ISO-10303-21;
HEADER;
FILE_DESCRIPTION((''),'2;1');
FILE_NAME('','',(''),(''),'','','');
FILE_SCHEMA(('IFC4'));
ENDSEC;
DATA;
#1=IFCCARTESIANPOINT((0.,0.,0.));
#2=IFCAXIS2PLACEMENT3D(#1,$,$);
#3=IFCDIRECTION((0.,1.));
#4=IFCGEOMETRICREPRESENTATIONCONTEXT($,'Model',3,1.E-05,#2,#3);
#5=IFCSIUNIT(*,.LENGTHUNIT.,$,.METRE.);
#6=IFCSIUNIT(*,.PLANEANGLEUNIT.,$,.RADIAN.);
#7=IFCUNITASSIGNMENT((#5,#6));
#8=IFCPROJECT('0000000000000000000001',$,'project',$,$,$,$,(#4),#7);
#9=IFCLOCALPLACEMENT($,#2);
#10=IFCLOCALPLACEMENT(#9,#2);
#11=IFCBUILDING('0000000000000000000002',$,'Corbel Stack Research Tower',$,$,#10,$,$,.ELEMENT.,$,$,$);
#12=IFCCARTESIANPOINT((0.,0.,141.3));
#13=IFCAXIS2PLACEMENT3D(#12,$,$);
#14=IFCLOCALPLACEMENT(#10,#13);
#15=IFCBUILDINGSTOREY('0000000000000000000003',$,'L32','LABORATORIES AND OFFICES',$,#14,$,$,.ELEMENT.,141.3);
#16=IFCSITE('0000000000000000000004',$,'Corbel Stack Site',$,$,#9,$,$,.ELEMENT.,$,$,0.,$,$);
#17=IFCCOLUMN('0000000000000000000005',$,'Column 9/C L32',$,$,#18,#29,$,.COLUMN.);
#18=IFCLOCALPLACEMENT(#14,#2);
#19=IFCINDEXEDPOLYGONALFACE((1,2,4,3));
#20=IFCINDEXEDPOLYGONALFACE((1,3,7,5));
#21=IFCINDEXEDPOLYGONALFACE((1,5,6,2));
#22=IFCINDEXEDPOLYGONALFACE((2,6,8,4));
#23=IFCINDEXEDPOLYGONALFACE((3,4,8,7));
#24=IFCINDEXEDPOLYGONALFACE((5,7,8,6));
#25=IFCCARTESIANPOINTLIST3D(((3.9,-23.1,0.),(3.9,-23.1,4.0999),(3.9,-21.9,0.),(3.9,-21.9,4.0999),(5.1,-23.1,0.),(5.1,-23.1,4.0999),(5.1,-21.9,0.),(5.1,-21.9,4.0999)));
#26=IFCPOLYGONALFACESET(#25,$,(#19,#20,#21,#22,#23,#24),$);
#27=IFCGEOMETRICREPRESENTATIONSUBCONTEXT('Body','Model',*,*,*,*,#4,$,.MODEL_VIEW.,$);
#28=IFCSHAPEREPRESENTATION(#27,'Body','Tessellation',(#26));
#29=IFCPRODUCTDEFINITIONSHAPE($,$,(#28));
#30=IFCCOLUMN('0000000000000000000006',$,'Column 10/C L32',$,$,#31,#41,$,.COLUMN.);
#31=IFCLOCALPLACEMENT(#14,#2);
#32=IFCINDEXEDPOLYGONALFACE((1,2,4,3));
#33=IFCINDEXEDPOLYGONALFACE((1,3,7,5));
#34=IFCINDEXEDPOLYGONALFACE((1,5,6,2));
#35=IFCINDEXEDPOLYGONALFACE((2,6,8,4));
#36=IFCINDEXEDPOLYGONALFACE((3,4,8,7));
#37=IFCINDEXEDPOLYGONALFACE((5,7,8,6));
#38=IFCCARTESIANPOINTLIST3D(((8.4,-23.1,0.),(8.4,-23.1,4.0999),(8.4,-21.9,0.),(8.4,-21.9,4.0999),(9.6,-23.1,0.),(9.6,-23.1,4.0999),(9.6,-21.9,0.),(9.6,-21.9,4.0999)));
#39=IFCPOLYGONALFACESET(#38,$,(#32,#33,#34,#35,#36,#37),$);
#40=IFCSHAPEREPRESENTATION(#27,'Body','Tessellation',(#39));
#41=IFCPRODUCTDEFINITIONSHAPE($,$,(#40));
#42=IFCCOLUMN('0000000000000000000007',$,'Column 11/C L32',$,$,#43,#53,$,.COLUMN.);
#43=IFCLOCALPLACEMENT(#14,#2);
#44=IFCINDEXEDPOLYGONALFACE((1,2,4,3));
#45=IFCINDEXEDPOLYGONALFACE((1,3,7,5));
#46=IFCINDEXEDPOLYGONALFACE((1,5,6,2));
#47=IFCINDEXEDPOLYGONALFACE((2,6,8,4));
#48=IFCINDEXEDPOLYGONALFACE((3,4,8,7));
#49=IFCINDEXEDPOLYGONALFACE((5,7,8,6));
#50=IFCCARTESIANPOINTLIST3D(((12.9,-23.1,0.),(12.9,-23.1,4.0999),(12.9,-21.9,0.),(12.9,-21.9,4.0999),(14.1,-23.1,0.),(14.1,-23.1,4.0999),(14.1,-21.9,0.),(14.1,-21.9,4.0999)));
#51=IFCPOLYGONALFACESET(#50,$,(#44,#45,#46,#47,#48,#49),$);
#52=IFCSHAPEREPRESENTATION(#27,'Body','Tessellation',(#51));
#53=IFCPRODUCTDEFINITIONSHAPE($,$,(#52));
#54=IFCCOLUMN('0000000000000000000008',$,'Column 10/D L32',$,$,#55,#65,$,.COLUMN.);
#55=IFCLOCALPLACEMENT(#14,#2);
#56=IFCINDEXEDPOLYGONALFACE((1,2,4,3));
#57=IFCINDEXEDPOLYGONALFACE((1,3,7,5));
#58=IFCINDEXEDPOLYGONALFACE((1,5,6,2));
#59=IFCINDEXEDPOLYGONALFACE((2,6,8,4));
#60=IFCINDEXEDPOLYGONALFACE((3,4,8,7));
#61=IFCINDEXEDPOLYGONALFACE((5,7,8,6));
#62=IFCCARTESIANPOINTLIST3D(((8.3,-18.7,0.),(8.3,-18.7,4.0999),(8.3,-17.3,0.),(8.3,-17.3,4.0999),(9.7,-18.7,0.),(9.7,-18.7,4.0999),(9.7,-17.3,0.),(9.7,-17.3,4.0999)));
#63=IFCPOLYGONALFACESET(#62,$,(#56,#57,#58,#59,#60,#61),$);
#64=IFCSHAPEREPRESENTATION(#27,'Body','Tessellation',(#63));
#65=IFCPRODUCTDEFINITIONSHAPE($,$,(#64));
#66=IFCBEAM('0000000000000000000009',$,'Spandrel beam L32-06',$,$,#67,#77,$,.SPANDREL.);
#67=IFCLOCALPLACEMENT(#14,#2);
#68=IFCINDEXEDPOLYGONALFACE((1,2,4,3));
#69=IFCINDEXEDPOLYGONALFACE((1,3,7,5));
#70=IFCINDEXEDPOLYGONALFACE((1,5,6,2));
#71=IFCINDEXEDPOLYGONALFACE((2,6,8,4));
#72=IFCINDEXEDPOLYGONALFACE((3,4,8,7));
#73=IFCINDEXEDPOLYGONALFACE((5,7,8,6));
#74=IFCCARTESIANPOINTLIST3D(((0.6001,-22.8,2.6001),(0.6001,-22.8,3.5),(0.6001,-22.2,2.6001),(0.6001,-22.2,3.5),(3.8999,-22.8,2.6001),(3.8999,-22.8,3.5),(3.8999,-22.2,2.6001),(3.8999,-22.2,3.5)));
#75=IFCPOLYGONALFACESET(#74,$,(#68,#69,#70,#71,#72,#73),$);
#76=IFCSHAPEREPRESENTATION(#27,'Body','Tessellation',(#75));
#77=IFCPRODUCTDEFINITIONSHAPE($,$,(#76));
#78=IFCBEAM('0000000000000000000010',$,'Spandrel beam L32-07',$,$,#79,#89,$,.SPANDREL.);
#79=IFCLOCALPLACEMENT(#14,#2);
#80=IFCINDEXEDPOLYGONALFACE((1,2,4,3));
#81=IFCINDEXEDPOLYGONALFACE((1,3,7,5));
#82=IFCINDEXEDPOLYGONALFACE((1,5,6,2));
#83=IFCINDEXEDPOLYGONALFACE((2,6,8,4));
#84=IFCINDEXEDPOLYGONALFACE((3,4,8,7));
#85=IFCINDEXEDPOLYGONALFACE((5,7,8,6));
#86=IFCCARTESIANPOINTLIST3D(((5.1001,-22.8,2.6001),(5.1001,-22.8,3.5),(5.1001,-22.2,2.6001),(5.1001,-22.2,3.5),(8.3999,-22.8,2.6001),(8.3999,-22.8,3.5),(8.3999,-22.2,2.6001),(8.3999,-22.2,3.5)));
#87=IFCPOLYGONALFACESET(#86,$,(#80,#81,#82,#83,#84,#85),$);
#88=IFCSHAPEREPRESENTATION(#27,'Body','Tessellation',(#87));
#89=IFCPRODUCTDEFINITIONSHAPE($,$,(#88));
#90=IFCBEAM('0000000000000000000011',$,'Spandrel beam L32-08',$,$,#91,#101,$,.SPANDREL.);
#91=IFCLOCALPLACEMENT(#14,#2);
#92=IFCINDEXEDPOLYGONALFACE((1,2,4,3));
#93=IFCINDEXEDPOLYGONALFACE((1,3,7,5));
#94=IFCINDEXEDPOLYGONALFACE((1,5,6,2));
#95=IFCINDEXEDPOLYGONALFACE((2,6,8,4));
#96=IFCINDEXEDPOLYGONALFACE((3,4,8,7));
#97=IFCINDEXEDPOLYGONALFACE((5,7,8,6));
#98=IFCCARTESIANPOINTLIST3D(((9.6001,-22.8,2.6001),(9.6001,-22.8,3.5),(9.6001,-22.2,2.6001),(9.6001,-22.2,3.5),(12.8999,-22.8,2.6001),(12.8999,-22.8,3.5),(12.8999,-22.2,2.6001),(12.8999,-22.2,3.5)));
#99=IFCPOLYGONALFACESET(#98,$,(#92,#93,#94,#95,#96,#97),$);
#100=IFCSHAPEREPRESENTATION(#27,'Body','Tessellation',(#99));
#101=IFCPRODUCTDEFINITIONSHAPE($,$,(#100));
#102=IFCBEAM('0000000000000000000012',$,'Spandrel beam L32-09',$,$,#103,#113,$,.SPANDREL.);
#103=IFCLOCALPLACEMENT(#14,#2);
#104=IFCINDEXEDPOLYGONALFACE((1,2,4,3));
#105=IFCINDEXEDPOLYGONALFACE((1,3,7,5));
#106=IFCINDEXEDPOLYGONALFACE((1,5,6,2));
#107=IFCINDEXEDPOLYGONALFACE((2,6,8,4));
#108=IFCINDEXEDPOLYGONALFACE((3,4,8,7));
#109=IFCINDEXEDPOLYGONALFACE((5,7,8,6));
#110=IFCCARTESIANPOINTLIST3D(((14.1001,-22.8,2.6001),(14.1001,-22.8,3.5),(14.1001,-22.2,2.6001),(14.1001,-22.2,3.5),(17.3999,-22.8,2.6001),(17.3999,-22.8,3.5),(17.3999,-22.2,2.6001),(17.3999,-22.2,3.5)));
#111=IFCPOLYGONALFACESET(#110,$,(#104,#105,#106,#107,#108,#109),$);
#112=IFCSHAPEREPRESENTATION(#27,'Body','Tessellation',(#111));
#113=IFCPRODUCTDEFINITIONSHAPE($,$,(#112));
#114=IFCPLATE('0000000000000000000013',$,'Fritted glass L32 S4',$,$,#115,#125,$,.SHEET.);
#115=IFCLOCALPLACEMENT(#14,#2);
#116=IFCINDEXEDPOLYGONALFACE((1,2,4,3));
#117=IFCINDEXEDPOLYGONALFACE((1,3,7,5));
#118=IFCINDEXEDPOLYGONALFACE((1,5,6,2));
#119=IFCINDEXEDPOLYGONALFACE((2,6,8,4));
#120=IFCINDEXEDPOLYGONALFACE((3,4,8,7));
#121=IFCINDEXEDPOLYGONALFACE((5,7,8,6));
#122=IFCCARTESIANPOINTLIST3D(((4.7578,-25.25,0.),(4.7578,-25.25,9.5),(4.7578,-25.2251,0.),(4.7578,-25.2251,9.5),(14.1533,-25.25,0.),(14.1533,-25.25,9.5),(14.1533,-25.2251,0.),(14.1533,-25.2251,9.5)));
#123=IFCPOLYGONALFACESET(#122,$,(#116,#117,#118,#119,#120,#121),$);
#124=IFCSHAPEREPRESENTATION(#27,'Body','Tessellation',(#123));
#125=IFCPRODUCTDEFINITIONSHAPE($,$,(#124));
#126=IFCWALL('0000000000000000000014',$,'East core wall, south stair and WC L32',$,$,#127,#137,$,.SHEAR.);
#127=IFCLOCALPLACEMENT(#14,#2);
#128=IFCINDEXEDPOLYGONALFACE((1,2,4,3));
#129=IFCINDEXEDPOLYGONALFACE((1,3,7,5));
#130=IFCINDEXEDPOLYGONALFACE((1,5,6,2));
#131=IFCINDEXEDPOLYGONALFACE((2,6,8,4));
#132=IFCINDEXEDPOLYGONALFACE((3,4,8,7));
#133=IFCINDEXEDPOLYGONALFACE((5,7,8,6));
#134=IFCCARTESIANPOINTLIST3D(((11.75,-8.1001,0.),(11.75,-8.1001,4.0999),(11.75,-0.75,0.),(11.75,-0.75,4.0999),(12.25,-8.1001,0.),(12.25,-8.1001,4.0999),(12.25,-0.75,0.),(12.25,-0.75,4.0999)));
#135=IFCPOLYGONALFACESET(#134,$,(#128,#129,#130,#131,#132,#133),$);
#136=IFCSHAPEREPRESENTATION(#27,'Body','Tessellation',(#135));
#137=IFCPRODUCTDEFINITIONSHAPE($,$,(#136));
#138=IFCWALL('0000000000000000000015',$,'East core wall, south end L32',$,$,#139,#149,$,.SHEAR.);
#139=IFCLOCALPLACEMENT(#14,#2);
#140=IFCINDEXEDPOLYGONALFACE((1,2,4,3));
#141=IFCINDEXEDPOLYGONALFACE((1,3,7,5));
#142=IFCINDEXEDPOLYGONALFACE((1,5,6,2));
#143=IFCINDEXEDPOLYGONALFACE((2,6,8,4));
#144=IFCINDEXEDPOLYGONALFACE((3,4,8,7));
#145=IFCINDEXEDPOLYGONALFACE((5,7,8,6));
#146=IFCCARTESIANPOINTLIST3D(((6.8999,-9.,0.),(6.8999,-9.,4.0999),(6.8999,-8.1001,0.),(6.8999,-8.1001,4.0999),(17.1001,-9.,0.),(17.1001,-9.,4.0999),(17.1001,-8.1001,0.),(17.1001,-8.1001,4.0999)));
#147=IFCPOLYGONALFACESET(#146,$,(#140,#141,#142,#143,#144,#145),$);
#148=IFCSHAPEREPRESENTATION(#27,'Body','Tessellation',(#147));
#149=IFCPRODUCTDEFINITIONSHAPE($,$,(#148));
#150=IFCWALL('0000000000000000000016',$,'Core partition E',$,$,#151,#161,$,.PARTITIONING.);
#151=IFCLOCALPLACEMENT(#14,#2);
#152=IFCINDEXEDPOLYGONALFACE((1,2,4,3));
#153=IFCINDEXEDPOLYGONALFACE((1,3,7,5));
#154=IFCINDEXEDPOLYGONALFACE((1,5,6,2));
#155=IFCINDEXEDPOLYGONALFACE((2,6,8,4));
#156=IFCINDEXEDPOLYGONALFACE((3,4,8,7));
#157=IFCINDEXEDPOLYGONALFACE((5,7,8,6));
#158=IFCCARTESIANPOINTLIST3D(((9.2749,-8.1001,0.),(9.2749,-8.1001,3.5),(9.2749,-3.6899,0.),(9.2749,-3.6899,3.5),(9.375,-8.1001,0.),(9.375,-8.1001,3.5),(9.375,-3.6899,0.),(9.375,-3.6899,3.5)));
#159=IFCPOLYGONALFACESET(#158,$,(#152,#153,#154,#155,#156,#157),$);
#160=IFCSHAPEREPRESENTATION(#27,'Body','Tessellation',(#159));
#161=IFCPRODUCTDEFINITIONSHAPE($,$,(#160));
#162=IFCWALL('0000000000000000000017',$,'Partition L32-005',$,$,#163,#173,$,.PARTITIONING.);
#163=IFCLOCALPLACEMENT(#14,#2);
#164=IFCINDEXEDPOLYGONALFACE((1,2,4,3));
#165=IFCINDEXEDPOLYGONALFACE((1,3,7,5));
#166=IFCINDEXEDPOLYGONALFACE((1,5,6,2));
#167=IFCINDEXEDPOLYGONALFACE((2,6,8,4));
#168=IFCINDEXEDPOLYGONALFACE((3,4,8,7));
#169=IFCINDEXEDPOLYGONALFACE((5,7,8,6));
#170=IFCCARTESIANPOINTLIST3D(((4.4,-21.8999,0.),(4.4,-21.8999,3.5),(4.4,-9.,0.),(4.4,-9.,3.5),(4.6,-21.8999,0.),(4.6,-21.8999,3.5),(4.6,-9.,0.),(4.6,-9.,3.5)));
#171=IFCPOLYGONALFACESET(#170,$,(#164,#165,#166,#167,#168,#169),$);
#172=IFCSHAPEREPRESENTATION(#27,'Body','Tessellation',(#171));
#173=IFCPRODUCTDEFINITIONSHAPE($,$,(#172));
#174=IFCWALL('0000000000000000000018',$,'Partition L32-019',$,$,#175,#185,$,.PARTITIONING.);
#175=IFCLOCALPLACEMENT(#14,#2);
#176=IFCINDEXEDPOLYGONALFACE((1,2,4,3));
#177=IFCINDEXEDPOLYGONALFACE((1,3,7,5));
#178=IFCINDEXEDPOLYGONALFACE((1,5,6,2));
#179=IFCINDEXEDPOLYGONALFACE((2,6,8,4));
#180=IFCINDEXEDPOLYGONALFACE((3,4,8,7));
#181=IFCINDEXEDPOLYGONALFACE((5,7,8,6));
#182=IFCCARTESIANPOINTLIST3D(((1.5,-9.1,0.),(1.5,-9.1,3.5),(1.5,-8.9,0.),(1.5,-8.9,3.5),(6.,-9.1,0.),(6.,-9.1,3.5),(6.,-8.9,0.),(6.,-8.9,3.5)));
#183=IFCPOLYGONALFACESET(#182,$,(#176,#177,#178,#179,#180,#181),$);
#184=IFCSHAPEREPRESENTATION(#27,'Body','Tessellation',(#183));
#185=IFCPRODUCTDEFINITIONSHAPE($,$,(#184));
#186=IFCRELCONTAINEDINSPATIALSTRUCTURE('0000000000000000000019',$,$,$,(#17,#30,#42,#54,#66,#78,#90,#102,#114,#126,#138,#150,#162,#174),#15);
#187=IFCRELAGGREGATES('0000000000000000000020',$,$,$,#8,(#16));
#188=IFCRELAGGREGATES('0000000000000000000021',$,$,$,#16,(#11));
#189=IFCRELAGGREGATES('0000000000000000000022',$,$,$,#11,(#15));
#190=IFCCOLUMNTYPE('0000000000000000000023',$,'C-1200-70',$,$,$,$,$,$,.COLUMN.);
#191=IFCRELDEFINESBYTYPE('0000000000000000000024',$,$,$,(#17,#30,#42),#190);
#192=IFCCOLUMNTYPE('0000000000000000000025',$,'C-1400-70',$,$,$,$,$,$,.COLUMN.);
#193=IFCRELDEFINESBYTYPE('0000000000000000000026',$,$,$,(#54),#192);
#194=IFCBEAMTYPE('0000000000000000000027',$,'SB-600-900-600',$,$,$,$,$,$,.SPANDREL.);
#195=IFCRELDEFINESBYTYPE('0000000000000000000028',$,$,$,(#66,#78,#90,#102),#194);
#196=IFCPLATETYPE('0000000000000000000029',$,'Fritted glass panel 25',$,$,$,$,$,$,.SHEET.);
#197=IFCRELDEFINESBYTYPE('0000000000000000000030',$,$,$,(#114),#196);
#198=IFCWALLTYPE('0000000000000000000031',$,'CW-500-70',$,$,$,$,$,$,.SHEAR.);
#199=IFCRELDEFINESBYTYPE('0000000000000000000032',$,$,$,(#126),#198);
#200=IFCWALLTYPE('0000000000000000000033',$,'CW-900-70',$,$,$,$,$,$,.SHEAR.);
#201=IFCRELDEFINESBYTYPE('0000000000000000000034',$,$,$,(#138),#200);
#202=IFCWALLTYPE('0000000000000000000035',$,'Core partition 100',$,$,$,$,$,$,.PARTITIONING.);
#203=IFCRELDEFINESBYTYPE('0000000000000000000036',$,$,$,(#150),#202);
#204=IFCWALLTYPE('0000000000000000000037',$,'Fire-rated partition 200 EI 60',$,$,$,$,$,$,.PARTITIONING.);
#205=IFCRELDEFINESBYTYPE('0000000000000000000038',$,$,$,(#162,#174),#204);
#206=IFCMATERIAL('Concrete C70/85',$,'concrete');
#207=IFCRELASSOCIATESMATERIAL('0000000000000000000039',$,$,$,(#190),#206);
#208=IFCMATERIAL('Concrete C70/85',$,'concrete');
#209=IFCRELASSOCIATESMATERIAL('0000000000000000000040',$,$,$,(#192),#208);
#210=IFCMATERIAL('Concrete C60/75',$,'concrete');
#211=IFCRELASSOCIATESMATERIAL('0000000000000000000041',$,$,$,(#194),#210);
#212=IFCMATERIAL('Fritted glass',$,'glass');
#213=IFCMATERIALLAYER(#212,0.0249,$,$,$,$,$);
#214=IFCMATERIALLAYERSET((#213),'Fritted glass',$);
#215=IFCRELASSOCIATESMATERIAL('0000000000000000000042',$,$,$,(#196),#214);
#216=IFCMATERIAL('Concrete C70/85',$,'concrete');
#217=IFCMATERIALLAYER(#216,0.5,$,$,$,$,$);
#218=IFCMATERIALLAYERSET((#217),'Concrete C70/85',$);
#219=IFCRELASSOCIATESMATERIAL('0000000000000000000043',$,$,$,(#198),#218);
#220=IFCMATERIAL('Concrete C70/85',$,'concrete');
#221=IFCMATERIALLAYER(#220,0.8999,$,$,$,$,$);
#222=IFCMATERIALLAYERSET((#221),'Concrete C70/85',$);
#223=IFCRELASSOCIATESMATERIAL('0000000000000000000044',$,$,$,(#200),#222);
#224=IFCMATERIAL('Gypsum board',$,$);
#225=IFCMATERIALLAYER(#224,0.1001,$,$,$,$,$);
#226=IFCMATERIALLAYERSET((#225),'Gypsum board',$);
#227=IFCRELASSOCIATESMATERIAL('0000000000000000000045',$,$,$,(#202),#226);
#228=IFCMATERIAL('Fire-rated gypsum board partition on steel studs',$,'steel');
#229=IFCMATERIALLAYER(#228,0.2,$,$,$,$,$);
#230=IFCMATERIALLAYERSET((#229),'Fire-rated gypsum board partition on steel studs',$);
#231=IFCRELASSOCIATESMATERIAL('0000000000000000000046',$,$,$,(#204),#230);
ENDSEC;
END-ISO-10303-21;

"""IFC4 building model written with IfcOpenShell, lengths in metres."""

from ifc_helpers import new_model, si_unit, direction, frame, frame_2d, origin, origin_2d, place, context, subcontext, project, spatial, rectangle, extrude, material, layer, layer_set, material_profile, profile_set, type_object, element, save


model = new_model("IFC4")

# Units and contexts
model_context = context("Model", 3, precision=1e-05, world=origin(), true_north=direction((0.0, 1.0)))
body_context = subcontext(model_context, "Body", "Model", "MODEL_VIEW")
ifc_project = project(units=[si_unit("LENGTHUNIT", "METRE"), si_unit("PLANEANGLEUNIT", "RADIAN")], contexts=[model_context])

# Site, building, storey
site_placement = place(None, origin())
site = spatial("IfcSite", under=ifc_project, at=site_placement, Name="Corbel Stack Site", CompositionType="ELEMENT", RefElevation=0.0)
building_placement = place(site_placement, origin())
building = spatial("IfcBuilding", under=site, at=building_placement, Name="Corbel Stack Research Tower", CompositionType="ELEMENT")
storey_placement = place(building_placement, frame((0.0, 0.0, 141.3)))
storey = spatial("IfcBuildingStorey", under=building, at=storey_placement, Name="L32", Description="LABORATORIES AND OFFICES", CompositionType="ELEMENT", Elevation=141.3)

# Columns
ifc_material_1 = material(Name="Concrete C70/85", Category="concrete")
ifc_material_profile_1 = material_profile(ifc_material_1, rectangle(XDim=1.2, YDim=1.2, at=origin_2d()), Name="RC 1200 x 1200")
ifc_profile_set_1 = profile_set([ifc_material_profile_1], Name="Concrete C70/85")
column_type_1 = type_object("IfcColumnType", Name="C-1200-70", PredefinedType="COLUMN", material=ifc_profile_set_1)
for number, where, z_axis, x_axis, name in (
    (1, (4.5, -22.5, 0.0), (0.0, 0.0, 1.0), (1.0, 0.0, 0.0), "Column 9/C L32"),
    (2, (9.0, -22.5, 0.0), (0.0, 0.0, 1.0), (1.0, 0.0, 0.0), "Column 10/C L32"),
    (3, (13.5, -22.5, 0.0), (0.0, 0.0, 1.0), (1.0, 0.0, 0.0), "Column 11/C L32"),
):
    element("IfcColumn", number, at=place(storey_placement, frame(where, z_axis=z_axis, x_axis=x_axis)), inside=storey, type_object=column_type_1, Name=name, PredefinedType="COLUMN", context=body_context, shape_type="SweptSolid", body=[
        extrude(rectangle(XDim=1.2, YDim=1.2, at=origin_2d()), origin(), (0.0, 0.0, 1.0), 4.0999),
    ])
ifc_material_2 = material(Name="Concrete C70/85", Category="concrete")
ifc_material_profile_2 = material_profile(ifc_material_2, rectangle(XDim=1.3999, YDim=1.3999, at=origin_2d()), Name="RC 1400 x 1400")
ifc_profile_set_2 = profile_set([ifc_material_profile_2], Name="Concrete C70/85")
column_type_2 = type_object("IfcColumnType", Name="C-1400-70", PredefinedType="COLUMN", material=ifc_profile_set_2)
column_placement = place(storey_placement, frame((9.0, -18.0, 0.0), z_axis=(0.0, 0.0, 1.0), x_axis=(1.0, 0.0, 0.0)))
element("IfcColumn", 4, at=column_placement, inside=storey, type_object=column_type_2, Name="Column 10/D L32", PredefinedType="COLUMN", context=body_context, shape_type="SweptSolid", body=[
    extrude(rectangle(XDim=1.3999, YDim=1.3999, at=origin_2d()), origin(), (0.0, 0.0, 1.0), 4.0999),
])

# Beams
ifc_material_3 = material(Name="Concrete C60/75", Category="concrete")
ifc_material_profile_3 = material_profile(ifc_material_3, rectangle(XDim=0.6001, YDim=0.8999, at=origin_2d()), Name="RC 600 x 900")
ifc_profile_set_3 = profile_set([ifc_material_profile_3], Name="Concrete C60/75")
beam_type = type_object("IfcBeamType", Name="SB-600-900-600", PredefinedType="SPANDREL", material=ifc_profile_set_3)
for number, where, z_axis, x_axis, name in (
    (5, (0.6001, -22.5, 3.05), (1.0, 0.0, 0.0), (0.0, 1.0, 0.0), "Spandrel beam L32-06"),
    (6, (5.1001, -22.5, 3.05), (1.0, 0.0, 0.0), (0.0, 1.0, 0.0), "Spandrel beam L32-07"),
    (7, (9.6001, -22.5, 3.05), (1.0, 0.0, 0.0), (0.0, 1.0, 0.0), "Spandrel beam L32-08"),
    (8, (14.1001, -22.5, 3.05), (1.0, 0.0, 0.0), (0.0, 1.0, 0.0), "Spandrel beam L32-09"),
):
    element("IfcBeam", number, at=place(storey_placement, frame(where, z_axis=z_axis, x_axis=x_axis)), inside=storey, type_object=beam_type, Name=name, PredefinedType="SPANDREL", context=body_context, shape_type="SweptSolid", body=[
        extrude(rectangle(XDim=0.6001, YDim=0.8999, at=origin_2d()), origin(), (0.0, 0.0, 1.0), 3.2998),
    ])

# Plate
ifc_material_4 = material(Name="Fritted glass", Category="glass")
ifc_layer_1 = layer(ifc_material_4, 0.0249)
ifc_layer_set_1 = layer_set([ifc_layer_1], Name="Fritted glass")
plate_type = type_object("IfcPlateType", Name="Fritted glass panel 25", PredefinedType="SHEET", material=ifc_layer_set_1)
plate_placement = place(storey_placement, frame((9.4556, -25.2375, 0.0), z_axis=(0.0, 0.0, 1.0), x_axis=(1.0, 0.0, 0.0)))
element("IfcPlate", 9, at=plate_placement, inside=storey, type_object=plate_type, Name="Fritted glass L32 S4", PredefinedType="SHEET", context=body_context, shape_type="SweptSolid", body=[
    extrude(rectangle(XDim=9.3955, YDim=0.0249, at=origin_2d()), origin(), (0.0, 0.0, 1.0), 9.5),
])

# Wall
ifc_material_5 = material(Name="Concrete C70/85", Category="concrete")
ifc_layer_2 = layer(ifc_material_5, 0.5)
ifc_layer_set_2 = layer_set([ifc_layer_2], Name="Concrete C70/85")
wall_type_1 = type_object("IfcWallType", Name="CW-500-70", PredefinedType="SHEAR", material=ifc_layer_set_2)
wall_1_placement = place(storey_placement, frame((12.0, -8.1001, 0.0), z_axis=(0.0, 0.0, 1.0), x_axis=(0.0, 1.0, 0.0)))
element("IfcWall", 10, at=wall_1_placement, inside=storey, type_object=wall_type_1, Name="East core wall, south stair and WC L32", PredefinedType="SHEAR", context=body_context, shape_type="SweptSolid", body=[
    extrude(rectangle(XDim=7.3501, YDim=0.5, at=frame_2d((3.675, 0.0))), origin(), (0.0, 0.0, 1.0), 4.0999),
])

# Shared definitions
ifc_material_6 = material(Name="Concrete C70/85", Category="concrete")
ifc_layer_3 = layer(ifc_material_6, 0.8999)
ifc_layer_set_3 = layer_set([ifc_layer_3], Name="Concrete C70/85")
wall_type_2 = type_object("IfcWallType", Name="CW-900-70", PredefinedType="SHEAR", material=ifc_layer_set_3)

# Walls
wall_2_placement = place(storey_placement, frame((6.8999, -8.55, 0.0), z_axis=(0.0, 0.0, 1.0), x_axis=(1.0, 0.0, 0.0)))
element("IfcWall", 11, at=wall_2_placement, inside=storey, type_object=wall_type_2, Name="East core wall, south end L32", PredefinedType="SHEAR", context=body_context, shape_type="SweptSolid", body=[
    extrude(rectangle(XDim=10.2002, YDim=0.8999, at=frame_2d((5.1001, 0.0))), origin(), (0.0, 0.0, 1.0), 4.0999),
])
ifc_material_7 = material(Name="Gypsum board")
ifc_layer_4 = layer(ifc_material_7, 0.1001)
ifc_layer_set_4 = layer_set([ifc_layer_4], Name="Gypsum board")
wall_type_3 = type_object("IfcWallType", Name="Core partition 100", PredefinedType="PARTITIONING", material=ifc_layer_set_4)
wall_3_placement = place(storey_placement, frame((9.325, -8.1001, 0.0), z_axis=(0.0, 0.0, 1.0), x_axis=(0.0, 1.0, 0.0)))
element("IfcWall", 12, at=wall_3_placement, inside=storey, type_object=wall_type_3, Name="Core partition E", PredefinedType="PARTITIONING", context=body_context, shape_type="SweptSolid", body=[
    extrude(rectangle(XDim=4.4102, YDim=0.1001, at=frame_2d((2.2051, 0.0))), origin(), (0.0, 0.0, 1.0), 3.5),
])
ifc_material_8 = material(Name="Fire-rated gypsum board partition on steel studs", Category="steel")
ifc_layer_5 = layer(ifc_material_8, 0.2)
ifc_layer_set_5 = layer_set([ifc_layer_5], Name="Fire-rated gypsum board partition on steel studs")
wall_type_4 = type_object("IfcWallType", Name="Fire-rated partition 200 EI 60", PredefinedType="PARTITIONING", material=ifc_layer_set_5)
wall_4_placement = place(storey_placement, frame((4.5, -21.8999, 0.0), z_axis=(0.0, 0.0, 1.0), x_axis=(0.0, 1.0, 0.0)))
element("IfcWall", 13, at=wall_4_placement, inside=storey, type_object=wall_type_4, Name="Partition L32-005", PredefinedType="PARTITIONING", context=body_context, shape_type="SweptSolid", body=[
    extrude(rectangle(XDim=12.8999, YDim=0.2, at=frame_2d((6.45, 0.0))), origin(), (0.0, 0.0, 1.0), 3.5),
])
wall_5_placement = place(storey_placement, frame((1.5, -9.0, 0.0), z_axis=(0.0, 0.0, 1.0), x_axis=(1.0, 0.0, 0.0)))
element("IfcWall", 14, at=wall_5_placement, inside=storey, type_object=wall_type_4, Name="Partition L32-019", PredefinedType="PARTITIONING", context=body_context, shape_type="SweptSolid", body=[
    extrude(rectangle(XDim=4.5, YDim=0.2, at=frame_2d((2.25, 0.0))), origin(), (0.0, 0.0, 1.0), 3.5),
])

save(model, "model.ifc")
